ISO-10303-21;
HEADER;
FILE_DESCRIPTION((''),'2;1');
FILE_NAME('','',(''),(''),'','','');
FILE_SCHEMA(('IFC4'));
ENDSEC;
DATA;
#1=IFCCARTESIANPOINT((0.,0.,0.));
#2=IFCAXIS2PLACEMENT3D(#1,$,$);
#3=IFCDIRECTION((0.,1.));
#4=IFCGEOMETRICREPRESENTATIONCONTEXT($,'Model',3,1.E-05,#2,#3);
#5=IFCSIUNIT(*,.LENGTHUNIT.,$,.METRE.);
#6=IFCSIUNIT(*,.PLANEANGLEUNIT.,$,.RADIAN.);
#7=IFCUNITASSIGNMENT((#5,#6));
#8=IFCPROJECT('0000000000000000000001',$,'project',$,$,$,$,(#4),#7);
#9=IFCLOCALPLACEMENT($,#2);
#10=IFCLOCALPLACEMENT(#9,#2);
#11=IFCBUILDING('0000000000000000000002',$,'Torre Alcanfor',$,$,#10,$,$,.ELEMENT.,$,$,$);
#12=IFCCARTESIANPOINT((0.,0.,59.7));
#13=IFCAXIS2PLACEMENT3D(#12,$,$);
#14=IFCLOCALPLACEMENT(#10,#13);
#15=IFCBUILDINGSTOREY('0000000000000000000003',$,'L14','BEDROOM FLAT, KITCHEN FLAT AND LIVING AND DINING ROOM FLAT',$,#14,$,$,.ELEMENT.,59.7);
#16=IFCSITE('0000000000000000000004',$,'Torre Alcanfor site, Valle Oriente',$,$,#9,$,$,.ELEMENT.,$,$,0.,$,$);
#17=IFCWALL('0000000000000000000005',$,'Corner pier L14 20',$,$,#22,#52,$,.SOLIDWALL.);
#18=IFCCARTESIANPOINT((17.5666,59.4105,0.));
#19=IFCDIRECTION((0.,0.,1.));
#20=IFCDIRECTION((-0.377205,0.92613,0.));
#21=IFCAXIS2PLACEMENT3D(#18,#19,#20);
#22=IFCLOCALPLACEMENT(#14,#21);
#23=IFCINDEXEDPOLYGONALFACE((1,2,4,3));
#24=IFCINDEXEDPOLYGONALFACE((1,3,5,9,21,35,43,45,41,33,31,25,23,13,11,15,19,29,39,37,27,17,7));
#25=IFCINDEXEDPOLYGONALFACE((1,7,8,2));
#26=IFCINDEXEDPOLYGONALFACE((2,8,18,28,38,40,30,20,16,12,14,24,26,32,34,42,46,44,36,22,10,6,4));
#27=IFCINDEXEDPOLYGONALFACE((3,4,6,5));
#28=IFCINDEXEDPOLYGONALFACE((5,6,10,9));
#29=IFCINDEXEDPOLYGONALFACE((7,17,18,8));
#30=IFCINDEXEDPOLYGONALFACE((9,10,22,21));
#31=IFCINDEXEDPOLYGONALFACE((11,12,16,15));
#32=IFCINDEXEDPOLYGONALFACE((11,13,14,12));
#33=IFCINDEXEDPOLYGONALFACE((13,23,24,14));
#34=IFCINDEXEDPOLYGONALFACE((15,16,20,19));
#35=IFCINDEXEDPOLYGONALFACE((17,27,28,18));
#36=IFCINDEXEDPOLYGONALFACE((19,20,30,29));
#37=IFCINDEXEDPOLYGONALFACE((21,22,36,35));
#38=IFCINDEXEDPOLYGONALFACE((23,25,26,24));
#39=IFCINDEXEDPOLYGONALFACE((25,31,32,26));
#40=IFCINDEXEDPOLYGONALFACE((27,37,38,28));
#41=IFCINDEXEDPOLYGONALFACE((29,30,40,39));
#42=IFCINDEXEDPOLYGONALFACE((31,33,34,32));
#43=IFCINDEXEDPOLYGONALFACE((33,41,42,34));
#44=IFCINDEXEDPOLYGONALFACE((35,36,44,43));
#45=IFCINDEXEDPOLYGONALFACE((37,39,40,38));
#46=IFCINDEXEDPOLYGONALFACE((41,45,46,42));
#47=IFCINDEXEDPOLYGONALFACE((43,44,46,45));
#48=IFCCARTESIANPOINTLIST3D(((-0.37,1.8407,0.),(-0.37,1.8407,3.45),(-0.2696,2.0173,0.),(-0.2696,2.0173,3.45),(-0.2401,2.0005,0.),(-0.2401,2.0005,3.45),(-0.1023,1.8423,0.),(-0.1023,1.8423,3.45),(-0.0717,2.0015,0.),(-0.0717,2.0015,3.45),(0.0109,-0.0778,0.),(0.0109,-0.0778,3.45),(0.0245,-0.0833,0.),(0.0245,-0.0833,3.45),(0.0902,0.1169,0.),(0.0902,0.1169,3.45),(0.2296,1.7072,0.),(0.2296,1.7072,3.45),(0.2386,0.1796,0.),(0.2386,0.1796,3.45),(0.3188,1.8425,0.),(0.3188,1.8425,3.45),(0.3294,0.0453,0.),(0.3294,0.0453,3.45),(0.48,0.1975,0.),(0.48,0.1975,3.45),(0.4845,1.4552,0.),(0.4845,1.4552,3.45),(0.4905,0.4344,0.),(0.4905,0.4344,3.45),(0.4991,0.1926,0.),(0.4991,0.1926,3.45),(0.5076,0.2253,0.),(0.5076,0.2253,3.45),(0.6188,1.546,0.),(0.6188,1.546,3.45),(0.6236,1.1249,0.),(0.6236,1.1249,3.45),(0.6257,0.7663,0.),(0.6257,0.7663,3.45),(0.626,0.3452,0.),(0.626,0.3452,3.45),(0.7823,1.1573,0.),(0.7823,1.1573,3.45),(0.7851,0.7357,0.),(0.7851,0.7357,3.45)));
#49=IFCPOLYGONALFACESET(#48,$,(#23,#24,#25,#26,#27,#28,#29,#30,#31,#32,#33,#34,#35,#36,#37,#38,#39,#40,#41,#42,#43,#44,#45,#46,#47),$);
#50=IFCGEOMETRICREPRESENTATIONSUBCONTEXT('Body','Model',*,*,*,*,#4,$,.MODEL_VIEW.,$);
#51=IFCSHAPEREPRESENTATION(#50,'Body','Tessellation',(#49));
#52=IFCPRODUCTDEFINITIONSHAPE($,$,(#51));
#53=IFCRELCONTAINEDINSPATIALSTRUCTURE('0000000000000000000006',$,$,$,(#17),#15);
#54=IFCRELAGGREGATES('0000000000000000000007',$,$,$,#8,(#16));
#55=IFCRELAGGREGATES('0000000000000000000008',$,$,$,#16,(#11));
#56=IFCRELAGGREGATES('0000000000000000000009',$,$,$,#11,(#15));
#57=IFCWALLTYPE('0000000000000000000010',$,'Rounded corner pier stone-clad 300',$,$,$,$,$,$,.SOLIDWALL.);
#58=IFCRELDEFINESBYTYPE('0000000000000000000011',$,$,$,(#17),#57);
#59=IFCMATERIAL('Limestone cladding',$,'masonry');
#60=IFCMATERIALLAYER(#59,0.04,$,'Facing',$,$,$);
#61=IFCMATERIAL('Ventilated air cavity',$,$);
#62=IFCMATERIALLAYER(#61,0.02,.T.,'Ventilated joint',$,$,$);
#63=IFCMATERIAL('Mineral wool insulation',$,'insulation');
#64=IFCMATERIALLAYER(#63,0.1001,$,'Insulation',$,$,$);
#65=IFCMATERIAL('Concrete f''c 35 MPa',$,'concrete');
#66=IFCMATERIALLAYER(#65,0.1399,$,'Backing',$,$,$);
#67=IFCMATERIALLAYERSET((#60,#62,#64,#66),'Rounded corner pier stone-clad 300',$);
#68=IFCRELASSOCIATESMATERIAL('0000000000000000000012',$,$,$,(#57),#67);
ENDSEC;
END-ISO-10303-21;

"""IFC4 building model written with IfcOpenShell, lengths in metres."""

from ifc_helpers import new_model, si_unit, direction, frame, origin, place, context, subcontext, project, spatial, polyline, outline, extrude, material, layer, layer_set, type_object, element, save


model = new_model("IFC4")

# Units and contexts
model_context = context("Model", 3, precision=1e-05, world=origin(), true_north=direction((0.0, 1.0)))
body_context = subcontext(model_context, "Body", "Model", "MODEL_VIEW")
ifc_project = project(units=[si_unit("LENGTHUNIT", "METRE"), si_unit("PLANEANGLEUNIT", "RADIAN")], contexts=[model_context])

# Site, building, storey
site_placement = place(None, origin())
site = spatial("IfcSite", under=ifc_project, at=site_placement, Name="Torre Alcanfor site, Valle Oriente", CompositionType="ELEMENT", RefElevation=0.0)
building_placement = place(site_placement, origin())
building = spatial("IfcBuilding", under=site, at=building_placement, Name="Torre Alcanfor", CompositionType="ELEMENT")
storey_placement = place(building_placement, frame((0.0, 0.0, 59.7)))
storey = spatial("IfcBuildingStorey", under=building, at=storey_placement, Name="L14", Description="BEDROOM FLAT, KITCHEN FLAT AND LIVING AND DINING ROOM FLAT", CompositionType="ELEMENT", Elevation=59.7)

# Wall
ifc_material_1 = material(Name="Limestone cladding", Category="masonry")
ifc_layer_1 = layer(ifc_material_1, 0.04, Name="Facing")
ifc_material_2 = material(Name="Ventilated air cavity")
ifc_layer_2 = layer(ifc_material_2, 0.02, ventilated=True, Name="Ventilated joint")
ifc_material_3 = material(Name="Mineral wool insulation", Category="insulation")
ifc_layer_3 = layer(ifc_material_3, 0.1001, Name="Insulation")
ifc_material_4 = material(Name="Concrete f'c 35 MPa", Category="concrete")
ifc_layer_4 = layer(ifc_material_4, 0.1399, Name="Backing")
ifc_layer_set_1 = layer_set([ifc_layer_1, ifc_layer_2, ifc_layer_3, ifc_layer_4], Name="Rounded corner pier stone-clad 300")
wall_type_1 = type_object("IfcWallType", Name="Rounded corner pier stone-clad 300", PredefinedType="SOLIDWALL", material=ifc_layer_set_1)
wall_1_placement = place(storey_placement, frame((17.5666, 59.4105, 0.0), z_axis=(0.0, 0.0, 1.0), x_axis=(-0.377205, 0.92613, 0.0)))
element("IfcWall", 1, at=wall_1_placement, inside=storey, type_object=wall_type_1, Name="Corner pier L14 20", PredefinedType="SOLIDWALL", context=body_context, shape_type="SweptSolid", body=[
    extrude(outline(polyline([(-0.2696, 2.0173), (-0.37, 1.8407), (-0.1023, 1.8423), (0.2296, 1.7072), (0.4845, 1.4552), (0.6236, 1.1249), (0.6257, 0.7663), (0.4905, 0.4344), (0.2386, 0.1796), (0.0902, 0.1169), (0.0109, -0.0778), (0.0245, -0.0833), (0.3294, 0.0453), (0.48, 0.1975), (0.4991, 0.1926), (0.5076, 0.2253), (0.626, 0.3452), (0.7851, 0.7357), (0.7823, 1.1573), (0.6188, 1.546), (0.3188, 1.8425), (-0.0717, 2.0015), (-0.2401, 2.0005), (-0.2696, 2.0173)])), origin(), (0.0, 0.0, 1.0), 3.45),
])

save(model, "model.ifc")
